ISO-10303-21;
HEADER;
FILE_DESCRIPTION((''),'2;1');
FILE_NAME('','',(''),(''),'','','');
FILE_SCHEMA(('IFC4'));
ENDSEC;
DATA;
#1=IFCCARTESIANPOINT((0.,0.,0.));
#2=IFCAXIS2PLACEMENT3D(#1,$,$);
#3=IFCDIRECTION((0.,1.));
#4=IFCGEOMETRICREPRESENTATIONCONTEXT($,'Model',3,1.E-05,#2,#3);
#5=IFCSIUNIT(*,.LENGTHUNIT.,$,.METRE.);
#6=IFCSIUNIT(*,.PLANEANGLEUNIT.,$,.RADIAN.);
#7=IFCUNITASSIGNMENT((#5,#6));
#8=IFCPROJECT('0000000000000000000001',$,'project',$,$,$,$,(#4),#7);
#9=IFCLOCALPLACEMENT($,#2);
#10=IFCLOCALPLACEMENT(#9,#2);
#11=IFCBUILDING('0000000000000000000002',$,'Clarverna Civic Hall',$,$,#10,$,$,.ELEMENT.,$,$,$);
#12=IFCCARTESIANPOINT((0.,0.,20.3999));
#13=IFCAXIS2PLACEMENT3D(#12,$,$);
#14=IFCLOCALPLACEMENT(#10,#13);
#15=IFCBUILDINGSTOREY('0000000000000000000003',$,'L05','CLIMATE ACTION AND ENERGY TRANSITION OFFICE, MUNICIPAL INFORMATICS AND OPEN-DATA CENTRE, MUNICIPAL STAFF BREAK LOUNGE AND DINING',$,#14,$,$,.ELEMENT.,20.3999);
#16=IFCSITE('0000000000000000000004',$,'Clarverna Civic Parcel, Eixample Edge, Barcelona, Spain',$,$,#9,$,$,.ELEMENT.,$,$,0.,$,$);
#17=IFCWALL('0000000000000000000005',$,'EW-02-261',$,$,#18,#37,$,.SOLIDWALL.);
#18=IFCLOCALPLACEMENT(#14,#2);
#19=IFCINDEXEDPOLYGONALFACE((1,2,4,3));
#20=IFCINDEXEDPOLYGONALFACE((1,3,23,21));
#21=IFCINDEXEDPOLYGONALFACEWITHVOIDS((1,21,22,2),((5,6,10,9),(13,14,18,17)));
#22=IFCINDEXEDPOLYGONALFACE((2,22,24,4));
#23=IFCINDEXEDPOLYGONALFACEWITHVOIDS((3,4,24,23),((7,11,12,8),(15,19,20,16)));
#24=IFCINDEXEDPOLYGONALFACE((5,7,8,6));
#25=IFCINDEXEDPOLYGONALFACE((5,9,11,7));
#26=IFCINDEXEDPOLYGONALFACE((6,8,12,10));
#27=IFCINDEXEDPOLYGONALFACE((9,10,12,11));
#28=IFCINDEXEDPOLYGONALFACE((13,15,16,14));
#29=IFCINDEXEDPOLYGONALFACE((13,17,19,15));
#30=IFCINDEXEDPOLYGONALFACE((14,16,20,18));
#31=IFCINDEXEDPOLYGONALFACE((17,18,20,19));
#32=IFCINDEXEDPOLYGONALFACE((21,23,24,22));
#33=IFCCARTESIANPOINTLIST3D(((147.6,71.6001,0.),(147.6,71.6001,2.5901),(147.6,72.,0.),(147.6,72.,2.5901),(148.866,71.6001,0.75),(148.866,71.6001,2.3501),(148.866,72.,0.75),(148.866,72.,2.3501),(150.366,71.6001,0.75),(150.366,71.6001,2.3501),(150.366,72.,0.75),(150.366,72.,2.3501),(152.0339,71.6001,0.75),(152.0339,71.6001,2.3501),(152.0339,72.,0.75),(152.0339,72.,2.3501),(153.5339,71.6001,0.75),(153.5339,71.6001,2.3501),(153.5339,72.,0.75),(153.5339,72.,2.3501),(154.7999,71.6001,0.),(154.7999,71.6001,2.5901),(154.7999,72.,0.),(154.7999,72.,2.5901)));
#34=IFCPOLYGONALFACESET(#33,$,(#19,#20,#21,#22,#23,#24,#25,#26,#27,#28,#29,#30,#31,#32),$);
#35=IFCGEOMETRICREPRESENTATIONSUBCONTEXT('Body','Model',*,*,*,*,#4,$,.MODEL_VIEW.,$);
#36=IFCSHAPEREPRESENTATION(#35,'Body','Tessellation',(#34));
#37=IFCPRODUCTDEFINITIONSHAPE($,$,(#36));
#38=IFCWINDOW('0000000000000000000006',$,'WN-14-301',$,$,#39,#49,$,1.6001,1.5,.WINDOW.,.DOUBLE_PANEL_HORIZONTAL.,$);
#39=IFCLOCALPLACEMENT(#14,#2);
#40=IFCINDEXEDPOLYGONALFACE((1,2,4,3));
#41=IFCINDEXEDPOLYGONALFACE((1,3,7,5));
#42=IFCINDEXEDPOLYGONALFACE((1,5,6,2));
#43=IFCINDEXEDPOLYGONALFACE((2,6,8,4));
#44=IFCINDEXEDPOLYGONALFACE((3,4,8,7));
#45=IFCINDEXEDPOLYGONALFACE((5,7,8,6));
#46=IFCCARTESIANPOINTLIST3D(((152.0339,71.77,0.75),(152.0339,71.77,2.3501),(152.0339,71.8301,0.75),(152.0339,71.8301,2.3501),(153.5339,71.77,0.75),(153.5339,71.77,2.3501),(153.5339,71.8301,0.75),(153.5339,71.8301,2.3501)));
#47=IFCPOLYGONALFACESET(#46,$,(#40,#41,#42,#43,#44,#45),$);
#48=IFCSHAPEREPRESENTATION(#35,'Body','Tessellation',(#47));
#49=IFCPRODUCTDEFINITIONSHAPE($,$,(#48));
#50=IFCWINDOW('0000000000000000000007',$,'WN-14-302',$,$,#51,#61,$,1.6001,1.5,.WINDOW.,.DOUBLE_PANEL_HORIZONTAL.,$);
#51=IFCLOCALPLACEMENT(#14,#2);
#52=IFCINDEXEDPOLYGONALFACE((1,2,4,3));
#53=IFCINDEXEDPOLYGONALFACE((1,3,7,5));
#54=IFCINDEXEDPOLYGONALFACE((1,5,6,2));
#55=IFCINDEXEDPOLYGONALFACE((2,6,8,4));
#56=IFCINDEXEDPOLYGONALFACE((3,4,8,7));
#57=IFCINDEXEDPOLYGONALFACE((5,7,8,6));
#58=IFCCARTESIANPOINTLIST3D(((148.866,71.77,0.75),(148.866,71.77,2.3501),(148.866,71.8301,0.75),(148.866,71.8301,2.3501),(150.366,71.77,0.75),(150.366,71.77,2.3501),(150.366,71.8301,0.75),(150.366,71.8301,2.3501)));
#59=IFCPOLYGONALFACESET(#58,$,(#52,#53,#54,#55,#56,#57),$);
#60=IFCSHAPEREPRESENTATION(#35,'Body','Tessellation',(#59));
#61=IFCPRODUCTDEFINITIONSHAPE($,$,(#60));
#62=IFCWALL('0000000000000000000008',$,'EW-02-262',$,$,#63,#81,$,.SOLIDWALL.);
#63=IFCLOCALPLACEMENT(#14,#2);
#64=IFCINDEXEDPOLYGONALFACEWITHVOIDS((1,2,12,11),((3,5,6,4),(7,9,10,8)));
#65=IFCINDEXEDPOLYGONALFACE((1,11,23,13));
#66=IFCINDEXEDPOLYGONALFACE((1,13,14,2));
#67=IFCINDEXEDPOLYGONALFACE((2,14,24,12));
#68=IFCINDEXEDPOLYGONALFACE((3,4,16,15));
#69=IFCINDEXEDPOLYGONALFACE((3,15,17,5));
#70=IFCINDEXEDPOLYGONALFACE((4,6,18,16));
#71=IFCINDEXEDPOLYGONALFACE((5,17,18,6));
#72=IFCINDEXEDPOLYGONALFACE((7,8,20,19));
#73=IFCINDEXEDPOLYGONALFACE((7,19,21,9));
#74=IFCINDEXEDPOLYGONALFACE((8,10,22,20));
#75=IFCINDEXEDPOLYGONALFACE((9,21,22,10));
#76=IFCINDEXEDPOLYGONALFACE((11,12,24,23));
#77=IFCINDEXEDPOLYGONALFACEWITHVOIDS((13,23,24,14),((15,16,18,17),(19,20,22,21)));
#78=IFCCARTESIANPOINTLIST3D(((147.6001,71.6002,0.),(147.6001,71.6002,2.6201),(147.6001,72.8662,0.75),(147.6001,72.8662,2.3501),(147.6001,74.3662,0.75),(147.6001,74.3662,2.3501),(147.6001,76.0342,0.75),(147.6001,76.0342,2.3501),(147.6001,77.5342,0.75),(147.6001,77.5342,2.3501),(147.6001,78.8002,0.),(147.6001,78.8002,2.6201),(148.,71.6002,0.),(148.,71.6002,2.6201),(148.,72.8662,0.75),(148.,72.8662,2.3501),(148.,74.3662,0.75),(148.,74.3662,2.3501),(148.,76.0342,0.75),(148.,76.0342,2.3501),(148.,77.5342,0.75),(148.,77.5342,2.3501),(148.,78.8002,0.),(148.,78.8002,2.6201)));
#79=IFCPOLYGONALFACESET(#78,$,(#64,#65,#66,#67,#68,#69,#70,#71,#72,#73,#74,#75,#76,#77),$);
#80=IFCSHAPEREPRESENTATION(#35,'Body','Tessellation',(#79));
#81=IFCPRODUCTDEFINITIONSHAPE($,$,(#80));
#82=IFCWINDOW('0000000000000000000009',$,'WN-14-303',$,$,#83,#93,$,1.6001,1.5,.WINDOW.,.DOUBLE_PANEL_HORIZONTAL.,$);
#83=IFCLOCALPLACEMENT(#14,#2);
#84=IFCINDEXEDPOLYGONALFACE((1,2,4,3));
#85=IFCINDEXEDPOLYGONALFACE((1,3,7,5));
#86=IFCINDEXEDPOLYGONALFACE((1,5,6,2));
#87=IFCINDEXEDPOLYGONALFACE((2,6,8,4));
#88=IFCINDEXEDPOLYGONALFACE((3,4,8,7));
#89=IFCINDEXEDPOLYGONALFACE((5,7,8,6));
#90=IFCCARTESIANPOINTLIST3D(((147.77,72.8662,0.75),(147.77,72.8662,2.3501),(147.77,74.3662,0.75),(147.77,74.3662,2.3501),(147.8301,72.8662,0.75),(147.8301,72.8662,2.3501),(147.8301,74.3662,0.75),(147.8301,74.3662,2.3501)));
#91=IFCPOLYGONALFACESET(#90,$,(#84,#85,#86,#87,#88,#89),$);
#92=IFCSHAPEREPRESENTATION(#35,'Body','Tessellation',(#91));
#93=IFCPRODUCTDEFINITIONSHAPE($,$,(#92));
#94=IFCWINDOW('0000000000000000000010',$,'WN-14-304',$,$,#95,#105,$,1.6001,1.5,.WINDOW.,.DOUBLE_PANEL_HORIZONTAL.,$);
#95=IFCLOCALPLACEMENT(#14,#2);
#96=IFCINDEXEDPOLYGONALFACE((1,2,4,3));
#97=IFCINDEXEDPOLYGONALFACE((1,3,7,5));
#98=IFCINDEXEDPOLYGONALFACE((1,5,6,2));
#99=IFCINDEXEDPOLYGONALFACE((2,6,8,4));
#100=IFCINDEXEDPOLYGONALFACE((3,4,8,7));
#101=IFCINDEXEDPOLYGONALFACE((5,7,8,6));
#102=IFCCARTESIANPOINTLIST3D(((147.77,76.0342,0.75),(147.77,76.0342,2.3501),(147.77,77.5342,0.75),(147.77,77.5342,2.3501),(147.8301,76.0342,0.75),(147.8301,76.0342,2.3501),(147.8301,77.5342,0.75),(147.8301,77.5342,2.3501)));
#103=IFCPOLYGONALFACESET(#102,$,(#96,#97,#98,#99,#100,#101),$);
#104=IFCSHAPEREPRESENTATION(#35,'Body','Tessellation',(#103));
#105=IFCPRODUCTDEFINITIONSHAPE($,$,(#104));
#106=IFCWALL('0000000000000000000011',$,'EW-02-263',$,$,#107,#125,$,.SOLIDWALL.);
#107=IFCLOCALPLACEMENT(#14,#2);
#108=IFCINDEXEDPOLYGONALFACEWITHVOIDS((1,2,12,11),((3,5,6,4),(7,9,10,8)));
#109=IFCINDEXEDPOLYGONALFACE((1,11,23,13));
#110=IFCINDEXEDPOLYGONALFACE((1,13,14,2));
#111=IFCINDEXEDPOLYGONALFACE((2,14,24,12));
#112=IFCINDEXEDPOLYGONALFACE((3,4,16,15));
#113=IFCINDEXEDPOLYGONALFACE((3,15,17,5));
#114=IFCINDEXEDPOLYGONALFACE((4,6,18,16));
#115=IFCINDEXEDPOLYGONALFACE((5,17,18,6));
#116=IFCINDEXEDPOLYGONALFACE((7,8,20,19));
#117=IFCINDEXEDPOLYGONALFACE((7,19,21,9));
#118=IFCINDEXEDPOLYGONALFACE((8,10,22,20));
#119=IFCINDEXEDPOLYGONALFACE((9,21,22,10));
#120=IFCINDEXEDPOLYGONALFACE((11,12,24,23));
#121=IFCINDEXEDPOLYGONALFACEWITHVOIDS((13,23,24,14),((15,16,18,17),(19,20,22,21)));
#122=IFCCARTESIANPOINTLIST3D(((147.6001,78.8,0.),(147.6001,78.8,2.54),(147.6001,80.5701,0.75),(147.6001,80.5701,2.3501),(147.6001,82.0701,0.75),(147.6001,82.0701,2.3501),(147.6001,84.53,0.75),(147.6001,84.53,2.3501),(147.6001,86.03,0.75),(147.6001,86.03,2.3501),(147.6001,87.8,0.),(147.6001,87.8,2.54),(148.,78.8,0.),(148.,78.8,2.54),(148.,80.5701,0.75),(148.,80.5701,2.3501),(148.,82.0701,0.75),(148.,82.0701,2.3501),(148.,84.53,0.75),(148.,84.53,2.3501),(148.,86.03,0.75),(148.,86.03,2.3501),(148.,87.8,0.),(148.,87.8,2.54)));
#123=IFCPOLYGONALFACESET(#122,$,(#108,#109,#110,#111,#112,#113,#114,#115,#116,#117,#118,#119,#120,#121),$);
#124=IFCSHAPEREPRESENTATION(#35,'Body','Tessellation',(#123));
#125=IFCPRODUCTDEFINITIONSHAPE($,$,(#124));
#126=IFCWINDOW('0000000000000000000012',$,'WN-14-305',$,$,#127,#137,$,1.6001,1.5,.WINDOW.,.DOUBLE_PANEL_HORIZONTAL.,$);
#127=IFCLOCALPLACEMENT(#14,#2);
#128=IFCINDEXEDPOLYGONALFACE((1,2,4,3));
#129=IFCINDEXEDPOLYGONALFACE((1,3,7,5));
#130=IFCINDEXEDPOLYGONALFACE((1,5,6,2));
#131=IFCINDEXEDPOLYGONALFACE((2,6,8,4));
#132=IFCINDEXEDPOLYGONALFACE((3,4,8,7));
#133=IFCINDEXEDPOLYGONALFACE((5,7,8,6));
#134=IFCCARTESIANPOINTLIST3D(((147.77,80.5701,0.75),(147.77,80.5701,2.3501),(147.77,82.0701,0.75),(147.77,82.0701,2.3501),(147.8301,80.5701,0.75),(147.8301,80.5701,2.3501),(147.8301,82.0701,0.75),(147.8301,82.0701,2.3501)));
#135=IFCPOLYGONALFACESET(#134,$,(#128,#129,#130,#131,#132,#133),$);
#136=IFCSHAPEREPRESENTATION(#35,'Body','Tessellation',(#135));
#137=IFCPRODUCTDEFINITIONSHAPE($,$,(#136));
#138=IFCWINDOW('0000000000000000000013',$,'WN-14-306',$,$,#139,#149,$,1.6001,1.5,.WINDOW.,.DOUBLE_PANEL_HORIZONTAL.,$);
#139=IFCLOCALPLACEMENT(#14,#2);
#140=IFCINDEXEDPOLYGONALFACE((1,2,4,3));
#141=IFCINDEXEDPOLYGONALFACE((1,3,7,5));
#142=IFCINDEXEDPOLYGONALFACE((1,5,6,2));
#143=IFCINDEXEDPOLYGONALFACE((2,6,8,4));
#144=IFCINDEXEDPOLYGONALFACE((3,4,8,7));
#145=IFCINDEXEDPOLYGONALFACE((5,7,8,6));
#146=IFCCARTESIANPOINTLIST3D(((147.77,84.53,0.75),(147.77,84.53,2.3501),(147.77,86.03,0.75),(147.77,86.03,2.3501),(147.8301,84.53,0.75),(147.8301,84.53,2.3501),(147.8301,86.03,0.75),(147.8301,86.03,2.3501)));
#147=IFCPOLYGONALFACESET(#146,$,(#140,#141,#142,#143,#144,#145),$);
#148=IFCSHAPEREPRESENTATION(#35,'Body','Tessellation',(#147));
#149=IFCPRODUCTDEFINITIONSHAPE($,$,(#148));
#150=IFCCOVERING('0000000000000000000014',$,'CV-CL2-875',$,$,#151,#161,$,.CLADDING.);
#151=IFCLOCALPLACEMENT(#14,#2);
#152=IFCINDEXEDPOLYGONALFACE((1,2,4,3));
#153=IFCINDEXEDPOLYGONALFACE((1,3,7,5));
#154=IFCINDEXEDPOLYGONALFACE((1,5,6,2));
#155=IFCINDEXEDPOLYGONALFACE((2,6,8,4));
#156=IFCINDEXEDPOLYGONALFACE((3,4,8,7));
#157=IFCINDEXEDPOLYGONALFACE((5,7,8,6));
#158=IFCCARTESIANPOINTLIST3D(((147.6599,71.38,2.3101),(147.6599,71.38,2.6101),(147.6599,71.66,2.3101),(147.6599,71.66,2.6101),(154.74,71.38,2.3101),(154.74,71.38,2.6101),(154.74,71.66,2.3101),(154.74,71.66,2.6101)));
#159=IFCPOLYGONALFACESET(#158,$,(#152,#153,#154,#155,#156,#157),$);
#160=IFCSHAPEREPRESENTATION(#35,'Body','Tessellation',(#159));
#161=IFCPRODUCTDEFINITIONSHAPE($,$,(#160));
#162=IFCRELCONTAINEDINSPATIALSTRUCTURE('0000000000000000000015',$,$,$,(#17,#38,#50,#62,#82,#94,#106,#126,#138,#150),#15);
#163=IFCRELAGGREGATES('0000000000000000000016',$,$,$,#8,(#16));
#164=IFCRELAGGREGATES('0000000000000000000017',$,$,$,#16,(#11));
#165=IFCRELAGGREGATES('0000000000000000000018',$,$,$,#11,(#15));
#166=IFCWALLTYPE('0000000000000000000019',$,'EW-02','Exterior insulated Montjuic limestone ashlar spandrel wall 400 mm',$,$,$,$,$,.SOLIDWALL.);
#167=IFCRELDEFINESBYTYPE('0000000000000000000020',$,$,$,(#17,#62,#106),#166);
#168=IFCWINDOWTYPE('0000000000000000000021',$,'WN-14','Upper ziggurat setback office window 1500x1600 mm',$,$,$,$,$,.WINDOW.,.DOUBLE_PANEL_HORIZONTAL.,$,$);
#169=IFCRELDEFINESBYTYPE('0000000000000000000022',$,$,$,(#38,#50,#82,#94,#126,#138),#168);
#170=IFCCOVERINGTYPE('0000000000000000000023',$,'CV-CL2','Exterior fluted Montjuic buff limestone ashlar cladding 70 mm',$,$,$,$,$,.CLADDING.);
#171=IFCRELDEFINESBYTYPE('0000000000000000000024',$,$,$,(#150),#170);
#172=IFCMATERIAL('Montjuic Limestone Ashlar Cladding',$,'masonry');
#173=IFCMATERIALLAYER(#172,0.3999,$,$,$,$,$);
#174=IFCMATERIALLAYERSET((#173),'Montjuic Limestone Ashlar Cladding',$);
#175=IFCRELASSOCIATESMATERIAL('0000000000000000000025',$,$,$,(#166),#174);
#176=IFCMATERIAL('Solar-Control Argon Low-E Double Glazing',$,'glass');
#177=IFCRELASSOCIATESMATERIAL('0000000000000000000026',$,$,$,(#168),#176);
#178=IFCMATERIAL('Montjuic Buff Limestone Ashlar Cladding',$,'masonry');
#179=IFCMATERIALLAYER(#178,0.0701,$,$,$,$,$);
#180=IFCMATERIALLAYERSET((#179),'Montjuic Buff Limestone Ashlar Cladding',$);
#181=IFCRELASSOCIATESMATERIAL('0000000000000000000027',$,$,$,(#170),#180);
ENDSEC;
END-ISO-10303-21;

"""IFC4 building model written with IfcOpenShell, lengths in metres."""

from ifc_helpers import new_model, si_unit, direction, frame, frame_2d, origin, place, context, subcontext, project, spatial, rectangle, extrude, material, layer, layer_set, type_object, element, fill, save


model = new_model("IFC4")

# Units and contexts
model_context = context("Model", 3, precision=1e-05, world=origin(), true_north=direction((0.0, 1.0)))
body_context = subcontext(model_context, "Body", "Model", "MODEL_VIEW")
ifc_project = project(units=[si_unit("LENGTHUNIT", "METRE"), si_unit("PLANEANGLEUNIT", "RADIAN")], contexts=[model_context])

# Site, building, storey
site_placement = place(None, origin())
site = spatial("IfcSite", under=ifc_project, at=site_placement, Name="Clarverna Civic Parcel, Eixample Edge, Barcelona, Spain", CompositionType="ELEMENT", RefElevation=0.0)
building_placement = place(site_placement, origin())
building = spatial("IfcBuilding", under=site, at=building_placement, Name="Clarverna Civic Hall", CompositionType="ELEMENT")
storey_placement = place(building_placement, frame((0.0, 0.0, 20.3999)))
storey = spatial("IfcBuildingStorey", under=building, at=storey_placement, Name="L05", Description="CLIMATE ACTION AND ENERGY TRANSITION OFFICE, MUNICIPAL INFORMATICS AND OPEN-DATA CENTRE, MUNICIPAL STAFF BREAK LOUNGE AND DINING", CompositionType="ELEMENT", Elevation=20.3999)

# Walls, openings, windows
ifc_material_1 = material(Name="Montjuic Limestone Ashlar Cladding", Category="masonry")
ifc_layer_1 = layer(ifc_material_1, 0.3999)
ifc_layer_set_1 = layer_set([ifc_layer_1], Name="Montjuic Limestone Ashlar Cladding")
wall_type = type_object("IfcWallType", Name="EW-02", Description="Exterior insulated Montjuic limestone ashlar spandrel wall 400 mm", PredefinedType="SOLIDWALL", material=ifc_layer_set_1)
wall_1_placement = place(storey_placement, frame((154.8, 71.8, 0.0), z_axis=(0.0, 0.0, 1.0), x_axis=(-1.0, 0.0, 0.0)))
wall_1 = element("IfcWall", 1, at=wall_1_placement, inside=storey, type_object=wall_type, Name="EW-02-261", PredefinedType="SOLIDWALL", context=body_context, shape_type="SweptSolid", body=[
    extrude(rectangle(XDim=7.2, YDim=0.3999, at=frame_2d((3.6001, 0.0))), origin(), (0.0, 0.0, 1.0), 2.5901),
])
opening_1_placement = place(wall_1_placement, frame((1.2661, 0.0, 0.75)))
opening_1 = element("IfcOpeningElement", 2, at=opening_1_placement, cuts=wall_1, PredefinedType="OPENING", context=body_context, shape_type="SweptSolid", body=[
    extrude(rectangle(XDim=1.5, YDim=1.6001, at=frame_2d((0.75, 0.8))), frame((0.0, 0.21, 0.0), z_axis=(0.0, -1.0, 0.0), x_axis=(1.0, 0.0, 0.0)), (0.0, 0.0, 1.0), 0.4199),
])
opening_2_placement = place(wall_1_placement, frame((4.4341, 0.0, 0.75)))
opening_2 = element("IfcOpeningElement", 3, at=opening_2_placement, cuts=wall_1, PredefinedType="OPENING", context=body_context, shape_type="SweptSolid", body=[
    extrude(rectangle(XDim=1.5, YDim=1.6001, at=frame_2d((0.75, 0.8))), frame((0.0, 0.21, 0.0), z_axis=(0.0, -1.0, 0.0), x_axis=(1.0, 0.0, 0.0)), (0.0, 0.0, 1.0), 0.4199),
])
ifc_material_2 = material(Name="Solar-Control Argon Low-E Double Glazing", Category="glass")
window_type = type_object("IfcWindowType", Name="WN-14", Description="Upper ziggurat setback office window 1500x1600 mm", PartitioningType="DOUBLE_PANEL_HORIZONTAL", PredefinedType="WINDOW", material=ifc_material_2)
window_1_placement = place(opening_1_placement, origin())
window_1 = element("IfcWindow", 4, at=window_1_placement, inside=storey, type_object=window_type, Name="WN-14-301", OverallHeight=1.6001, OverallWidth=1.5, PartitioningType="DOUBLE_PANEL_HORIZONTAL", PredefinedType="WINDOW", context=body_context, shape_type="SweptSolid", body=[
    extrude(rectangle(XDim=1.5, YDim=1.6001, at=frame_2d((0.75, 0.8))), frame((0.0, 0.03, 0.0), z_axis=(0.0, -1.0, 0.0), x_axis=(1.0, 0.0, 0.0)), (0.0, 0.0, 1.0), 0.0601),
])
fill(opening_1, window_1)
window_2_placement = place(opening_2_placement, origin())
window_2 = element("IfcWindow", 5, at=window_2_placement, inside=storey, type_object=window_type, Name="WN-14-302", OverallHeight=1.6001, OverallWidth=1.5, PartitioningType="DOUBLE_PANEL_HORIZONTAL", PredefinedType="WINDOW", context=body_context, shape_type="SweptSolid", body=[
    extrude(rectangle(XDim=1.5, YDim=1.6001, at=frame_2d((0.75, 0.8))), frame((0.0, 0.03, 0.0), z_axis=(0.0, -1.0, 0.0), x_axis=(1.0, 0.0, 0.0)), (0.0, 0.0, 1.0), 0.0601),
])
fill(opening_2, window_2)
wall_2_placement = place(storey_placement, frame((147.8, 71.6001, 0.0), z_axis=(0.0, 0.0, 1.0), x_axis=(0.0, 1.0, 0.0)))
wall_2 = element("IfcWall", 6, at=wall_2_placement, inside=storey, type_object=wall_type, Name="EW-02-262", PredefinedType="SOLIDWALL", context=body_context, shape_type="SweptSolid", body=[
    extrude(rectangle(XDim=7.2, YDim=0.3999, at=frame_2d((3.6001, 0.0))), origin(), (0.0, 0.0, 1.0), 2.6201),
])
opening_3_placement = place(wall_2_placement, frame((1.2661, 0.0, 0.75)))
opening_3 = element("IfcOpeningElement", 7, at=opening_3_placement, cuts=wall_2, PredefinedType="OPENING", context=body_context, shape_type="SweptSolid", body=[
    extrude(rectangle(XDim=1.5, YDim=1.6001, at=frame_2d((0.75, 0.8))), frame((0.0, 0.21, 0.0), z_axis=(0.0, -1.0, 0.0), x_axis=(1.0, 0.0, 0.0)), (0.0, 0.0, 1.0), 0.4199),
])
opening_4_placement = place(wall_2_placement, frame((4.4341, 0.0, 0.75)))
opening_4 = element("IfcOpeningElement", 8, at=opening_4_placement, cuts=wall_2, PredefinedType="OPENING", context=body_context, shape_type="SweptSolid", body=[
    extrude(rectangle(XDim=1.5, YDim=1.6001, at=frame_2d((0.75, 0.8))), frame((0.0, 0.21, 0.0), z_axis=(0.0, -1.0, 0.0), x_axis=(1.0, 0.0, 0.0)), (0.0, 0.0, 1.0), 0.4199),
])
window_3_placement = place(opening_3_placement, origin())
window_3 = element("IfcWindow", 9, at=window_3_placement, inside=storey, type_object=window_type, Name="WN-14-303", OverallHeight=1.6001, OverallWidth=1.5, PartitioningType="DOUBLE_PANEL_HORIZONTAL", PredefinedType="WINDOW", context=body_context, shape_type="SweptSolid", body=[
    extrude(rectangle(XDim=1.5, YDim=1.6001, at=frame_2d((0.75, 0.8))), frame((0.0, 0.03, 0.0), z_axis=(0.0, -1.0, 0.0), x_axis=(1.0, 0.0, 0.0)), (0.0, 0.0, 1.0), 0.0601),
])
fill(opening_3, window_3)
window_4_placement = place(opening_4_placement, origin())
window_4 = element("IfcWindow", 10, at=window_4_placement, inside=storey, type_object=window_type, Name="WN-14-304", OverallHeight=1.6001, OverallWidth=1.5, PartitioningType="DOUBLE_PANEL_HORIZONTAL", PredefinedType="WINDOW", context=body_context, shape_type="SweptSolid", body=[
    extrude(rectangle(XDim=1.5, YDim=1.6001, at=frame_2d((0.75, 0.8))), frame((0.0, 0.03, 0.0), z_axis=(0.0, -1.0, 0.0), x_axis=(1.0, 0.0, 0.0)), (0.0, 0.0, 1.0), 0.0601),
])
fill(opening_4, window_4)
wall_3_placement = place(storey_placement, frame((147.8, 78.8, 0.0), z_axis=(0.0, 0.0, 1.0), x_axis=(0.0, 1.0, 0.0)))
wall_3 = element("IfcWall", 11, at=wall_3_placement, inside=storey, type_object=wall_type, Name="EW-02-263", PredefinedType="SOLIDWALL", context=body_context, shape_type="SweptSolid", body=[
    extrude(rectangle(XDim=9.0, YDim=0.3999, at=frame_2d((4.5, 0.0))), origin(), (0.0, 0.0, 1.0), 2.54),
])
opening_5_placement = place(wall_3_placement, frame((1.77, 0.0, 0.75)))
opening_5 = element("IfcOpeningElement", 12, at=opening_5_placement, cuts=wall_3, PredefinedType="OPENING", context=body_context, shape_type="SweptSolid", body=[
    extrude(rectangle(XDim=1.5, YDim=1.6001, at=frame_2d((0.75, 0.8))), frame((0.0, 0.21, 0.0), z_axis=(0.0, -1.0, 0.0), x_axis=(1.0, 0.0, 0.0)), (0.0, 0.0, 1.0), 0.4199),
])
opening_6_placement = place(wall_3_placement, frame((5.73, 0.0, 0.75)))
opening_6 = element("IfcOpeningElement", 13, at=opening_6_placement, cuts=wall_3, PredefinedType="OPENING", context=body_context, shape_type="SweptSolid", body=[
    extrude(rectangle(XDim=1.5, YDim=1.6001, at=frame_2d((0.75, 0.8))), frame((0.0, 0.21, 0.0), z_axis=(0.0, -1.0, 0.0), x_axis=(1.0, 0.0, 0.0)), (0.0, 0.0, 1.0), 0.4199),
])
window_5_placement = place(opening_5_placement, origin())
window_5 = element("IfcWindow", 14, at=window_5_placement, inside=storey, type_object=window_type, Name="WN-14-305", OverallHeight=1.6001, OverallWidth=1.5, PartitioningType="DOUBLE_PANEL_HORIZONTAL", PredefinedType="WINDOW", context=body_context, shape_type="SweptSolid", body=[
    extrude(rectangle(XDim=1.5, YDim=1.6001, at=frame_2d((0.75, 0.8))), frame((0.0, 0.03, 0.0), z_axis=(0.0, -1.0, 0.0), x_axis=(1.0, 0.0, 0.0)), (0.0, 0.0, 1.0), 0.0601),
])
fill(opening_5, window_5)
window_6_placement = place(opening_6_placement, origin())
window_6 = element("IfcWindow", 15, at=window_6_placement, inside=storey, type_object=window_type, Name="WN-14-306", OverallHeight=1.6001, OverallWidth=1.5, PartitioningType="DOUBLE_PANEL_HORIZONTAL", PredefinedType="WINDOW", context=body_context, shape_type="SweptSolid", body=[
    extrude(rectangle(XDim=1.5, YDim=1.6001, at=frame_2d((0.75, 0.8))), frame((0.0, 0.03, 0.0), z_axis=(0.0, -1.0, 0.0), x_axis=(1.0, 0.0, 0.0)), (0.0, 0.0, 1.0), 0.0601),
])
fill(opening_6, window_6)

# Covering
ifc_material_3 = material(Name="Montjuic Buff Limestone Ashlar Cladding", Category="masonry")
ifc_layer_2 = layer(ifc_material_3, 0.0701)
ifc_layer_set_2 = layer_set([ifc_layer_2], Name="Montjuic Buff Limestone Ashlar Cladding")
covering_type = type_object("IfcCoveringType", Name="CV-CL2", Description="Exterior fluted Montjuic buff limestone ashlar cladding 70 mm", PredefinedType="CLADDING", material=ifc_layer_set_2)
covering_1_placement = place(storey_placement, frame((154.74, 71.52, 2.3101), z_axis=(0.0, 0.0, 1.0), x_axis=(-1.0, 0.0, 0.0)))
element("IfcCovering", 16, at=covering_1_placement, inside=storey, type_object=covering_type, Name="CV-CL2-875", PredefinedType="CLADDING", context=body_context, shape_type="SweptSolid", body=[
    extrude(rectangle(XDim=7.0801, YDim=0.28, at=frame_2d((3.54, 0.0))), origin(), (0.0, 0.0, 1.0), 0.3),
])

save(model, "model.ifc")
